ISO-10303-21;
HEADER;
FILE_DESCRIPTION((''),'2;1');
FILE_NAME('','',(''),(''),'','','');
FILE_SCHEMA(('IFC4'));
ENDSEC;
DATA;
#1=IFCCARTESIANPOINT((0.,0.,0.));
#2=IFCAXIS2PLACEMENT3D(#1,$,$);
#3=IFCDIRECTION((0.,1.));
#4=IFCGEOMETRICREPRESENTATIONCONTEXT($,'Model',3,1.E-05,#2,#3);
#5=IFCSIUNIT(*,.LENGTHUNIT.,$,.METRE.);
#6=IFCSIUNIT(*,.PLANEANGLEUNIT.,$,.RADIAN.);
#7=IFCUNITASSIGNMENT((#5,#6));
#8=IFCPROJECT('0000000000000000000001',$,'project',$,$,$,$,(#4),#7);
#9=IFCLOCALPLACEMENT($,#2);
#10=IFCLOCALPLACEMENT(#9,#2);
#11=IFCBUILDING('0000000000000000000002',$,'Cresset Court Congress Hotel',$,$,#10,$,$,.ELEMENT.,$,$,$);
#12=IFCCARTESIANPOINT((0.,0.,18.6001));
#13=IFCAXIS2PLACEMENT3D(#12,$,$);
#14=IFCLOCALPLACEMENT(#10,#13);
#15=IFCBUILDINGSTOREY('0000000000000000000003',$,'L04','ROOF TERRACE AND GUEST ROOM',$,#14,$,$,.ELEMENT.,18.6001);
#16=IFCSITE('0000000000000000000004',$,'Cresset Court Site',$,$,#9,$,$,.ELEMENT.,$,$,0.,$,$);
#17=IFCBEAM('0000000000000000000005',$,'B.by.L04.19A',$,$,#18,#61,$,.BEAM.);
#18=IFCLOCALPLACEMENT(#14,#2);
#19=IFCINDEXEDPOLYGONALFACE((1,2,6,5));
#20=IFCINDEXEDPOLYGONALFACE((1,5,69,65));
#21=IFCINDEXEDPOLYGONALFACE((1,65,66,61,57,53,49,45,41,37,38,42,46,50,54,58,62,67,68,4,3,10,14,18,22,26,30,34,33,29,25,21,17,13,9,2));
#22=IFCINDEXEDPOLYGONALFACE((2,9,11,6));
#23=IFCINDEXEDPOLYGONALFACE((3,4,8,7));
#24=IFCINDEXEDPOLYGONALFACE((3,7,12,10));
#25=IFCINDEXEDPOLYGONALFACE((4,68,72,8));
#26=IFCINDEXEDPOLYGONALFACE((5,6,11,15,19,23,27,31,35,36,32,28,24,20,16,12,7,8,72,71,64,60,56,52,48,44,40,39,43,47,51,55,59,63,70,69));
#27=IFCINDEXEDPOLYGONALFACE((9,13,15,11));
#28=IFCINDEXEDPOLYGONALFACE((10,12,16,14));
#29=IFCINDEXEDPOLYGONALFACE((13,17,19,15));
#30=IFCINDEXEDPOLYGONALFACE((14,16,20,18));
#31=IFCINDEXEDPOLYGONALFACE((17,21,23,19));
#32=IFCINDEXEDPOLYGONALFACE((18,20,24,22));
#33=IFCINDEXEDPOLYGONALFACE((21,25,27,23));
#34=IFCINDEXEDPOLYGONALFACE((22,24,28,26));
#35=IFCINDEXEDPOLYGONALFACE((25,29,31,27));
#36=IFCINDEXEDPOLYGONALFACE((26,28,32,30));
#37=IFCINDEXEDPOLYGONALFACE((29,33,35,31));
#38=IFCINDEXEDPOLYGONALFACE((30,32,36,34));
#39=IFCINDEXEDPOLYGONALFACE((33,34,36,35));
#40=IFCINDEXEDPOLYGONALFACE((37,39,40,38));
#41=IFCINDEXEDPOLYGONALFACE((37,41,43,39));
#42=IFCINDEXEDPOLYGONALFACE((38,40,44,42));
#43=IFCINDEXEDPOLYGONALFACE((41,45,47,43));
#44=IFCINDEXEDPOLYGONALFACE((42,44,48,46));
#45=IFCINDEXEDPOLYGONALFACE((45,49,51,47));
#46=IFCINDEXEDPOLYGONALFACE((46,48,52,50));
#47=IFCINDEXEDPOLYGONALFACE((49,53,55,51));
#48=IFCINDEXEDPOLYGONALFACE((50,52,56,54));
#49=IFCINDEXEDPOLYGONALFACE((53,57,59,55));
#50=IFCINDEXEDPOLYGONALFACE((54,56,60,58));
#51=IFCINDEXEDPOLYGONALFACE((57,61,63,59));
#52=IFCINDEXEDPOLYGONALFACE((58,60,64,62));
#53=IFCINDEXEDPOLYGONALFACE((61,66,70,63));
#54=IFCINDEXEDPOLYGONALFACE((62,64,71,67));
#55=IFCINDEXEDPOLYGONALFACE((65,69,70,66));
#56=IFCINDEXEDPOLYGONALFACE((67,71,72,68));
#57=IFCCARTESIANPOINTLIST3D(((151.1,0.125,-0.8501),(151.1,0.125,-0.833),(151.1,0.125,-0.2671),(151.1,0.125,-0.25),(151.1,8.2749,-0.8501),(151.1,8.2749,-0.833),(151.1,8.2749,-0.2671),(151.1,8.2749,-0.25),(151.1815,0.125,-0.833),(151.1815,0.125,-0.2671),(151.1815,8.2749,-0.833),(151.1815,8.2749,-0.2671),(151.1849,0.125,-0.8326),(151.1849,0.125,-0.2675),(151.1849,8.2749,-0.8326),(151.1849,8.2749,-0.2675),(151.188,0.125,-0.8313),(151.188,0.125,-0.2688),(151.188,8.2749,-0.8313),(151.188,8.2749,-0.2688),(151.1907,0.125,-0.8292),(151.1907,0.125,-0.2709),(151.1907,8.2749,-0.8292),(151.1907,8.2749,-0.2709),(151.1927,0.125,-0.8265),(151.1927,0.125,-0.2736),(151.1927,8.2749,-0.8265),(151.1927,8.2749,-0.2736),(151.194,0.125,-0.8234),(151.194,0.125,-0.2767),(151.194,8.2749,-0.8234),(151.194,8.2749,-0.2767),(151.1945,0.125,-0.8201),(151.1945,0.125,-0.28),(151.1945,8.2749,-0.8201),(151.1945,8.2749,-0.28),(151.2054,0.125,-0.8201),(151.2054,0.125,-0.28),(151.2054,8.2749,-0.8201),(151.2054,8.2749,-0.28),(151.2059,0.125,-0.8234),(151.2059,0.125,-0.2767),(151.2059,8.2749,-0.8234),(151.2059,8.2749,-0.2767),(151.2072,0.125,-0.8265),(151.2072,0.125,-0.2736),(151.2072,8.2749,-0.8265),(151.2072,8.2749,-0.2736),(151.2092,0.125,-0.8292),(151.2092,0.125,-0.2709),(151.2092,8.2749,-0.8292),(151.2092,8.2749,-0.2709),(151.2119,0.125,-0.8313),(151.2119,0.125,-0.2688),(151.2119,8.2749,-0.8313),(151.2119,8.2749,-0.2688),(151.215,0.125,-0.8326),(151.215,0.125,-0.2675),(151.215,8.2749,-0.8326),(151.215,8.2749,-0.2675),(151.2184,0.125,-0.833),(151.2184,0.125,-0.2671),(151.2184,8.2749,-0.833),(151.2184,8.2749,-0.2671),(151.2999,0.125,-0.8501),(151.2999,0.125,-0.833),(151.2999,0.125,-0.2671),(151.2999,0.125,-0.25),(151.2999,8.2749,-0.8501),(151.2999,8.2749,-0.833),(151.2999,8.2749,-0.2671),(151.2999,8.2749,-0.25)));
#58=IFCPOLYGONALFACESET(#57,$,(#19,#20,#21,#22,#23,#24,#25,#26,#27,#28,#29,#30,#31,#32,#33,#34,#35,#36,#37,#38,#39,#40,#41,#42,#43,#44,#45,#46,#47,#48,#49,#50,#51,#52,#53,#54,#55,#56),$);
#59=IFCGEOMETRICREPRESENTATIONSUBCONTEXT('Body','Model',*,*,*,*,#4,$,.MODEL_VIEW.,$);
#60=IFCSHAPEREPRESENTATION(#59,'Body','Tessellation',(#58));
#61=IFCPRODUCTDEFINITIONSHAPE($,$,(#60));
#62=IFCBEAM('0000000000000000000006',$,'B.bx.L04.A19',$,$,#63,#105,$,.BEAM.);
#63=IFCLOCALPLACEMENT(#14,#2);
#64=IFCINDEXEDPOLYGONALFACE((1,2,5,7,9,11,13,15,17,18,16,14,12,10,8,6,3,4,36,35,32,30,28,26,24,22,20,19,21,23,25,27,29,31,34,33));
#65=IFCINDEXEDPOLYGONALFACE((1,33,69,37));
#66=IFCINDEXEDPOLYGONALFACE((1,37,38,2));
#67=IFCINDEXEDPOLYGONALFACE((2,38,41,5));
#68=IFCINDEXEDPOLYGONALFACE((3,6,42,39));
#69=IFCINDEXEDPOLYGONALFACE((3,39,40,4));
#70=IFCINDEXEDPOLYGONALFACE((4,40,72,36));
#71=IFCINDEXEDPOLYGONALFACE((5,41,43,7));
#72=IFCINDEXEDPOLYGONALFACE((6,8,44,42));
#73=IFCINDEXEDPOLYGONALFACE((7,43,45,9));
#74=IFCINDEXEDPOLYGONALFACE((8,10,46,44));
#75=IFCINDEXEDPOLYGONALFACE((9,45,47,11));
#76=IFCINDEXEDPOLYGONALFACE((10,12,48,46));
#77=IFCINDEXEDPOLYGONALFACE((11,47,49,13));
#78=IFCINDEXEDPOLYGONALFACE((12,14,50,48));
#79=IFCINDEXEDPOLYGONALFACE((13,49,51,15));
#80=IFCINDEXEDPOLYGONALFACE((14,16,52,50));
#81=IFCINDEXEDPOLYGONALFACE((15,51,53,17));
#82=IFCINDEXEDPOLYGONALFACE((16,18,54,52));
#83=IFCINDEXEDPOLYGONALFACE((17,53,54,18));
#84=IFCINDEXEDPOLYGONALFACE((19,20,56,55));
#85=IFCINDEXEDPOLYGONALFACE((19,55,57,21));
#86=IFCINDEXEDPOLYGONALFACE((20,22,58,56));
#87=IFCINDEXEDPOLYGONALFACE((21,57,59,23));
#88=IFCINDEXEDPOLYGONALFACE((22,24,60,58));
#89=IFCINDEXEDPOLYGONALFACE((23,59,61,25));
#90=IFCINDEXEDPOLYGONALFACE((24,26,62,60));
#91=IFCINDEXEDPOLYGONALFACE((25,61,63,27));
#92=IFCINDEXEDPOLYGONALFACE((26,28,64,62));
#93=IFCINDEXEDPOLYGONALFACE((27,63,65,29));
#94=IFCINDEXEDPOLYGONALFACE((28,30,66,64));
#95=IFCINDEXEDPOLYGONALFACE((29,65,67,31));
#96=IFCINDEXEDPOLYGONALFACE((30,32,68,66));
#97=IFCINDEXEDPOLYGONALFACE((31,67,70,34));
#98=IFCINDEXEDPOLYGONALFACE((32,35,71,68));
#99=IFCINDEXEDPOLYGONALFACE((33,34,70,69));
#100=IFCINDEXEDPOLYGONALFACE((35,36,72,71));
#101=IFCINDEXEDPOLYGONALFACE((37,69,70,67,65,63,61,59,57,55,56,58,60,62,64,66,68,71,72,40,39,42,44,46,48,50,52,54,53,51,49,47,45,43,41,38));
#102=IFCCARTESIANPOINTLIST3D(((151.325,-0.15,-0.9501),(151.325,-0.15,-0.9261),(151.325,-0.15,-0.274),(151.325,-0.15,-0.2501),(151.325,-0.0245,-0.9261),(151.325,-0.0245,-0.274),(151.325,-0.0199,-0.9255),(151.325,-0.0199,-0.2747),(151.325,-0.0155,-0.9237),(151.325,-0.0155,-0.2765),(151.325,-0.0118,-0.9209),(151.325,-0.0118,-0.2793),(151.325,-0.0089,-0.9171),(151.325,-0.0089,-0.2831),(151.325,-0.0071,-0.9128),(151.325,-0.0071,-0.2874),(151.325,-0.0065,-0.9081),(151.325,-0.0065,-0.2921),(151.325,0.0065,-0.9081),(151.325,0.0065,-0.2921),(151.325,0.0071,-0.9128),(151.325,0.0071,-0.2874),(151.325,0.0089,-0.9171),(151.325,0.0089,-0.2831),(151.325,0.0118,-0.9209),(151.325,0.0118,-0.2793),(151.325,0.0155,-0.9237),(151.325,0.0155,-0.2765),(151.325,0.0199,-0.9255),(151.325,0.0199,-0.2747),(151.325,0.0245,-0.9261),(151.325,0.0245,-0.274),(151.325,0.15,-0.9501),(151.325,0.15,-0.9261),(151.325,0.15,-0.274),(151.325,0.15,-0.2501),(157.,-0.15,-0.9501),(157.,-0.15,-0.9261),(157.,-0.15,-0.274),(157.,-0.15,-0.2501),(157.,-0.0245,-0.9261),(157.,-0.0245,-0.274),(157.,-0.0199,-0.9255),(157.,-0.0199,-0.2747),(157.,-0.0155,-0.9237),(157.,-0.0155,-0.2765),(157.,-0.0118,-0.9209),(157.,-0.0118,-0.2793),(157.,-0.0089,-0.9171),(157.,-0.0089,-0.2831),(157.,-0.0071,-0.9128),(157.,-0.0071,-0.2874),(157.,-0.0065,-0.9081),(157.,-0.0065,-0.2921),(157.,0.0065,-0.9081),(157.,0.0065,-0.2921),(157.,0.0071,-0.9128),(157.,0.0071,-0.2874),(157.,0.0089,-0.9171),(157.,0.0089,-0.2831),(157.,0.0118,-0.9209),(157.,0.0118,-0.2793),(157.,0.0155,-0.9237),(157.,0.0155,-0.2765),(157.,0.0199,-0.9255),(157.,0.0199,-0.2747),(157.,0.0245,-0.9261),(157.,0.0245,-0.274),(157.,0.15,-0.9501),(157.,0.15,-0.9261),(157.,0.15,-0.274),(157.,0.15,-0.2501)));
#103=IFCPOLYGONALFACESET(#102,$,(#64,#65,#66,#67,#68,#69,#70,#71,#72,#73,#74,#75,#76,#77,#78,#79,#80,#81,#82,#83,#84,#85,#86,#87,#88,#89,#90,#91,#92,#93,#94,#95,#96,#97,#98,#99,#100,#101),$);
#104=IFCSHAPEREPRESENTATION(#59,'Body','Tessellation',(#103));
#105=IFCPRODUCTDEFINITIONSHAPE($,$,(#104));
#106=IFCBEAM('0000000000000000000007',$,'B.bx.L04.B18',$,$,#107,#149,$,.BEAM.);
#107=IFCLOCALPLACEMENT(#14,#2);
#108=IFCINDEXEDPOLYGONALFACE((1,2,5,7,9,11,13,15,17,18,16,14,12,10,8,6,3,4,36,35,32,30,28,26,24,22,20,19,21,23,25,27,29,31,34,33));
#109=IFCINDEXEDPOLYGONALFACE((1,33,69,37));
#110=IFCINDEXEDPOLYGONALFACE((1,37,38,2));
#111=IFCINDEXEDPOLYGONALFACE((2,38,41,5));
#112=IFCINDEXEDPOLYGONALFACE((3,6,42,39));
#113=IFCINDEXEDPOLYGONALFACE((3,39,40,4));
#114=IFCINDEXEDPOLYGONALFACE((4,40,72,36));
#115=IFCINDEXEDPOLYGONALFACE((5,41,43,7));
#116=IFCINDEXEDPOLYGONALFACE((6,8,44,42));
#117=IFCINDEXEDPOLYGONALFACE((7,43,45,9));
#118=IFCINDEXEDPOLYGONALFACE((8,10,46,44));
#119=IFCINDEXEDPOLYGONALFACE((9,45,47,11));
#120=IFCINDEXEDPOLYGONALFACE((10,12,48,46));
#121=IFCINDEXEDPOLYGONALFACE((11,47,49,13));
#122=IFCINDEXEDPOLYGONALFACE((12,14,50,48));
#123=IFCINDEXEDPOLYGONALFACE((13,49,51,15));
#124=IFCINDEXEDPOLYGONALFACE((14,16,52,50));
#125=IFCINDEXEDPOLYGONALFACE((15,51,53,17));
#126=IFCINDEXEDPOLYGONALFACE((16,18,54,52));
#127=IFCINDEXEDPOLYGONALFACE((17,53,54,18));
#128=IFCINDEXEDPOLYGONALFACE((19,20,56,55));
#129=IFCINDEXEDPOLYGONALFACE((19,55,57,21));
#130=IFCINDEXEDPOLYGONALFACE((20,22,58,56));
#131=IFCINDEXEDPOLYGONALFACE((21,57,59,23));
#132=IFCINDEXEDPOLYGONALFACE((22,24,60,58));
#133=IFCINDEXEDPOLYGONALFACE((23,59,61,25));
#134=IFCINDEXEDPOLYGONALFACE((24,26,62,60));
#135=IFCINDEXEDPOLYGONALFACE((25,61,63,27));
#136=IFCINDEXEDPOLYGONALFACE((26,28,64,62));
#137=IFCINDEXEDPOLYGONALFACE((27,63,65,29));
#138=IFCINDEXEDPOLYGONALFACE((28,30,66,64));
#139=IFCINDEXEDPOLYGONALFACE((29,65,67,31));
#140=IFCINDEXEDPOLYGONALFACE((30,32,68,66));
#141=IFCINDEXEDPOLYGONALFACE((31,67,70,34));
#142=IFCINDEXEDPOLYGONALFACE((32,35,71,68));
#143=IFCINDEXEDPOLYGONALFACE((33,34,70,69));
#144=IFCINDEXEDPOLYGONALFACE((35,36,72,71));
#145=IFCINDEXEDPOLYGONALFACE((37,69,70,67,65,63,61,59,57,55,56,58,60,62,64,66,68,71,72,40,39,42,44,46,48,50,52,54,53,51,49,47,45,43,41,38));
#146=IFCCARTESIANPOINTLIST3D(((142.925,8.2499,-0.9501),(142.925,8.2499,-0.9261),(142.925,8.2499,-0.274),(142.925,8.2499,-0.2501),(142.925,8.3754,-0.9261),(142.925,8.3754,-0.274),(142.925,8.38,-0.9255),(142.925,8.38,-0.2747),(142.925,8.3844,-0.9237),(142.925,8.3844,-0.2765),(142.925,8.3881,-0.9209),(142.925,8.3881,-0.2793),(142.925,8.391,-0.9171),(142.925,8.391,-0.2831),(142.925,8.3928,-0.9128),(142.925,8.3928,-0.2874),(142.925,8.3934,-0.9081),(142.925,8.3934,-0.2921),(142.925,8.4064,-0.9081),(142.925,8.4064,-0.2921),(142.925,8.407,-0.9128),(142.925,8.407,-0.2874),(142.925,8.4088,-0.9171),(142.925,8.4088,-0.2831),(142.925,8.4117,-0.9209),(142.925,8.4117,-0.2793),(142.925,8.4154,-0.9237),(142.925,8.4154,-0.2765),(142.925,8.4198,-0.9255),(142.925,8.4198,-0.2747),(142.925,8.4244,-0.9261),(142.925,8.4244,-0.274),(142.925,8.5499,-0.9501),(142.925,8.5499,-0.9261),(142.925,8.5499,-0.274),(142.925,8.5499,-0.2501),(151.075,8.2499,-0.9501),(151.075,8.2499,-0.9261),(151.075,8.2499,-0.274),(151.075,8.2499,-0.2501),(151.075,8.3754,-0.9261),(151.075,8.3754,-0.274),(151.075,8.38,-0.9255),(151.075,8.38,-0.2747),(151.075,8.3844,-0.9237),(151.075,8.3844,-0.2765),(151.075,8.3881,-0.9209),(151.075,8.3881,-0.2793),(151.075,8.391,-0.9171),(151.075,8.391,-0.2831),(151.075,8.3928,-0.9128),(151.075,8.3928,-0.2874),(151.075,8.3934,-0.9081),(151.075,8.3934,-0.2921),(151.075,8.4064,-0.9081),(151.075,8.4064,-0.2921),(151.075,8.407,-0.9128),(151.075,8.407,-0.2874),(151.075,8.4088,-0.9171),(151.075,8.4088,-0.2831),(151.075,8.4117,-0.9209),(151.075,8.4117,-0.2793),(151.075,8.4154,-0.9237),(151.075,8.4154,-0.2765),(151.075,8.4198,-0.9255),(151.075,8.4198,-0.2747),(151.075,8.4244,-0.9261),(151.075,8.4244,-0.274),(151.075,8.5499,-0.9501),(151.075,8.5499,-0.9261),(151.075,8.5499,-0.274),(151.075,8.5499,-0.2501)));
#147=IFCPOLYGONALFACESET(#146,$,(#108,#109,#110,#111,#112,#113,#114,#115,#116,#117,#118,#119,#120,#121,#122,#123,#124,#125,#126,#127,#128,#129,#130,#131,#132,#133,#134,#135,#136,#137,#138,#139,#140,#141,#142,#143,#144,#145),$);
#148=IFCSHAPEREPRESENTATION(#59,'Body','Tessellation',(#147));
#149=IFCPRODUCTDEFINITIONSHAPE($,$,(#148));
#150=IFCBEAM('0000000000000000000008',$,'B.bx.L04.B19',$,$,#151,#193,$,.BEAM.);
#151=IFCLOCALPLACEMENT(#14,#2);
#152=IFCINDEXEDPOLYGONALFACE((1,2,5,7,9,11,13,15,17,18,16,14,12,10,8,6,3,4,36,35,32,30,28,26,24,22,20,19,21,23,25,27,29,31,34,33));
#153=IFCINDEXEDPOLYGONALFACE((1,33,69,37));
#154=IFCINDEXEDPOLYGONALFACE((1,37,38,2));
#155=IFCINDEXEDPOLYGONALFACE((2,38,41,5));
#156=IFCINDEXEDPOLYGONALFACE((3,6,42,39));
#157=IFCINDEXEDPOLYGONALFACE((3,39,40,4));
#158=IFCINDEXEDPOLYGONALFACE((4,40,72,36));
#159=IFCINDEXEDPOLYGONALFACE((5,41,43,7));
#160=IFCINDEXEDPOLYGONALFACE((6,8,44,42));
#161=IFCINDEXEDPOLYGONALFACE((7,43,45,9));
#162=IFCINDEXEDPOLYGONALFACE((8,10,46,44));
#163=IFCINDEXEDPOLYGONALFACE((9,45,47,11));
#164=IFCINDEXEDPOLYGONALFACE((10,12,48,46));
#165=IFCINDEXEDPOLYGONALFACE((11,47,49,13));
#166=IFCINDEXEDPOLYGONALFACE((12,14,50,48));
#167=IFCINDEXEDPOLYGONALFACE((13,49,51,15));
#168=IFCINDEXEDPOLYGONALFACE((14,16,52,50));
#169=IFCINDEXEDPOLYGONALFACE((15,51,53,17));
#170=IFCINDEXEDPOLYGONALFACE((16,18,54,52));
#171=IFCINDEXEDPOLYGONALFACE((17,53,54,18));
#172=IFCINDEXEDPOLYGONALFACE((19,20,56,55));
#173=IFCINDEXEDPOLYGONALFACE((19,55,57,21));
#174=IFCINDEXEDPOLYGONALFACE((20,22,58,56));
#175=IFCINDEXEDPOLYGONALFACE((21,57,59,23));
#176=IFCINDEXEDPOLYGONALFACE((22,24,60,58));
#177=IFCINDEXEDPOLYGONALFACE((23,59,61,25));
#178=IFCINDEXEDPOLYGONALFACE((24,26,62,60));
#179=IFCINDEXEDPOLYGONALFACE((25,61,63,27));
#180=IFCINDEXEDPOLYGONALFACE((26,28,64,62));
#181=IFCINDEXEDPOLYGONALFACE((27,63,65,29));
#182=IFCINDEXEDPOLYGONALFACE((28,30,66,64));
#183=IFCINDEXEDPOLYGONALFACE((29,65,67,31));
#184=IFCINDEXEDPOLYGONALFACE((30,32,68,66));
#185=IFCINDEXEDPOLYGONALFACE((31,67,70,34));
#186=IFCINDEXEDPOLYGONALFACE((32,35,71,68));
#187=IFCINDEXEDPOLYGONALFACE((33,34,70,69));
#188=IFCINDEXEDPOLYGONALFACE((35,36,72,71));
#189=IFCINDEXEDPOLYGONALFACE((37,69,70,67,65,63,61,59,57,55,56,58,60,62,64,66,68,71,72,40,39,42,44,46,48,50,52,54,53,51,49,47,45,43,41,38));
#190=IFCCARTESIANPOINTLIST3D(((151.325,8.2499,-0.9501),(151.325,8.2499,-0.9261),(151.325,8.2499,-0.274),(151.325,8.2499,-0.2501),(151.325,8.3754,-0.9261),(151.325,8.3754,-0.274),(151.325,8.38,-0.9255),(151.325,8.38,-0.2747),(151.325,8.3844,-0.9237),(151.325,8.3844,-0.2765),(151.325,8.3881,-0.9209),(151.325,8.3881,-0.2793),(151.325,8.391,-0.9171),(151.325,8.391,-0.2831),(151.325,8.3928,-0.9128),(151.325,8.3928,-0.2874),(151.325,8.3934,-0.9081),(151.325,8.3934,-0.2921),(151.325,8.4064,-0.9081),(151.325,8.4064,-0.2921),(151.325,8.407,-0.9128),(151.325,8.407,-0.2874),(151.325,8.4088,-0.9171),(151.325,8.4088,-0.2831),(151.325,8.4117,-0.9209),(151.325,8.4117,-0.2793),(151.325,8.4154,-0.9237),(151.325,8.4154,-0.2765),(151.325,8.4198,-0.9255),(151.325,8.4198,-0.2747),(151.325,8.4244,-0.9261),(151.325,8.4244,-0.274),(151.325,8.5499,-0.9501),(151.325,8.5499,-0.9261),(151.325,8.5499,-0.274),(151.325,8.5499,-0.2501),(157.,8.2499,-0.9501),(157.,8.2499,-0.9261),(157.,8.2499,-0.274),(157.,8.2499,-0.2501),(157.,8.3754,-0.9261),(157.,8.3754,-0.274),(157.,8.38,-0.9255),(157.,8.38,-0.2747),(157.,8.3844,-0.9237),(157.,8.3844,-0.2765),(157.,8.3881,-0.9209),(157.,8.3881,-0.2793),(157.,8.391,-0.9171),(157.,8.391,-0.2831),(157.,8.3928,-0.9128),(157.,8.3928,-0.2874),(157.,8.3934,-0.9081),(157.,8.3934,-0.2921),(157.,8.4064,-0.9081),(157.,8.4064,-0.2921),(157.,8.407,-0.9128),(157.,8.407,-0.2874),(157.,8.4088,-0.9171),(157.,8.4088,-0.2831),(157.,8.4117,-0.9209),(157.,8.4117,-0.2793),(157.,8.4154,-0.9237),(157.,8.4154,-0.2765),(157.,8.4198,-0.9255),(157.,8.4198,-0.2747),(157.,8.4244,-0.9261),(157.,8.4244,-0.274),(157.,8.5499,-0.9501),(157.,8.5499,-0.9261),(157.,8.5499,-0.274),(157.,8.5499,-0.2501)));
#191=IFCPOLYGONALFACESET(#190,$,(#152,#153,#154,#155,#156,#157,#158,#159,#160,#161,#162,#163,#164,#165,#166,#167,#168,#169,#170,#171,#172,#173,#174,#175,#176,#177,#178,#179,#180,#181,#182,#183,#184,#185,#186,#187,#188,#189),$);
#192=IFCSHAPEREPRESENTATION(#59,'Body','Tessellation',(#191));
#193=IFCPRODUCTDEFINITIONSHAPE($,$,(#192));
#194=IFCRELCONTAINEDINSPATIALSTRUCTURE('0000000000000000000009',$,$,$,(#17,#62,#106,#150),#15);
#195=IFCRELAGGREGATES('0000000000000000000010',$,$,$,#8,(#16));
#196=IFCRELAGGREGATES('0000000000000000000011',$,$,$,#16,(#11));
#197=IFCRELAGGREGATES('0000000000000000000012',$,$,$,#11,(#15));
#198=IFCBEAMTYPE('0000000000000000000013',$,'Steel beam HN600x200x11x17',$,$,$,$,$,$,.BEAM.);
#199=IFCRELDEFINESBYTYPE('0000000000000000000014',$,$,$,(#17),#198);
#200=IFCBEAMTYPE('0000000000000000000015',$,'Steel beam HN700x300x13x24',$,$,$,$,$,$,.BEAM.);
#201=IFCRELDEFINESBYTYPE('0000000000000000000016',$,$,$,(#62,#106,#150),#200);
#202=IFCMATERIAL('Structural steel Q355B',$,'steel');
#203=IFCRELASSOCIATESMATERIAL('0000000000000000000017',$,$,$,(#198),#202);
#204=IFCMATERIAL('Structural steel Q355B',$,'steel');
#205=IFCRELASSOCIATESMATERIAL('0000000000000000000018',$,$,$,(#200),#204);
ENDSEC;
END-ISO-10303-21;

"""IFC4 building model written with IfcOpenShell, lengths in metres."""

from ifc_helpers import new_model, si_unit, direction, frame, origin, origin_2d, place, context, subcontext, project, spatial, i_section, extrude, material, material_profile, profile_set, type_object, element, save


model = new_model("IFC4")

# Units and contexts
model_context = context("Model", 3, precision=1e-05, world=origin(), true_north=direction((0.0, 1.0)))
body_context = subcontext(model_context, "Body", "Model", "MODEL_VIEW")
ifc_project = project(units=[si_unit("LENGTHUNIT", "METRE"), si_unit("PLANEANGLEUNIT", "RADIAN")], contexts=[model_context])

# Site, building, storey
site_placement = place(None, origin())
site = spatial("IfcSite", under=ifc_project, at=site_placement, Name="Cresset Court Site", CompositionType="ELEMENT", RefElevation=0.0)
building_placement = place(site_placement, origin())
building = spatial("IfcBuilding", under=site, at=building_placement, Name="Cresset Court Congress Hotel", CompositionType="ELEMENT")
storey_placement = place(building_placement, frame((0.0, 0.0, 18.6001)))
storey = spatial("IfcBuildingStorey", under=building, at=storey_placement, Name="L04", Description="ROOF TERRACE AND GUEST ROOM", CompositionType="ELEMENT", Elevation=18.6001)

# Beams
ifc_material_1 = material(Name="Structural steel Q355B", Category="steel")
ifc_material_profile_1 = material_profile(ifc_material_1, i_section(OverallWidth=0.2, OverallDepth=0.6001, WebThickness=0.011, FlangeThickness=0.0171, FilletRadius=0.0129, at=origin_2d()), Name="HN600x200x11x17")
ifc_profile_set_1 = profile_set([ifc_material_profile_1], Name="Structural steel Q355B")
beam_type_1 = type_object("IfcBeamType", Name="Steel beam HN600x200x11x17", PredefinedType="BEAM", material=ifc_profile_set_1)
beam_1_placement = place(storey_placement, frame((151.2, 0.125, -0.55), z_axis=(0.0, 1.0, 0.0), x_axis=(-1.0, 0.0, 0.0)))
element("IfcBeam", 1, at=beam_1_placement, inside=storey, type_object=beam_type_1, Name="B.by.L04.19A", PredefinedType="BEAM", context=body_context, shape_type="SweptSolid", body=[
    extrude(i_section(OverallWidth=0.2, OverallDepth=0.6001, WebThickness=0.011, FlangeThickness=0.0171, FilletRadius=0.0129, at=origin_2d()), origin(), (0.0, 0.0, 1.0), 8.1499),
])
ifc_material_2 = material(Name="Structural steel Q355B", Category="steel")
ifc_material_profile_2 = material_profile(ifc_material_2, i_section(OverallWidth=0.3, OverallDepth=0.7, WebThickness=0.0129, FlangeThickness=0.0239, FilletRadius=0.0181, at=origin_2d()), Name="HN700x300x13x24")
ifc_profile_set_2 = profile_set([ifc_material_profile_2], Name="Structural steel Q355B")
beam_type_2 = type_object("IfcBeamType", Name="Steel beam HN700x300x13x24", PredefinedType="BEAM", material=ifc_profile_set_2)
beam_2_placement = place(storey_placement, frame((151.325, 0.0, -0.6001), z_axis=(1.0, 0.0, 0.0), x_axis=(0.0, 1.0, 0.0)))
element("IfcBeam", 2, at=beam_2_placement, inside=storey, type_object=beam_type_2, Name="B.bx.L04.A19", PredefinedType="BEAM", context=body_context, shape_type="SweptSolid", body=[
    extrude(i_section(OverallWidth=0.3, OverallDepth=0.7, WebThickness=0.0129, FlangeThickness=0.0239, FilletRadius=0.0181, at=origin_2d()), origin(), (0.0, 0.0, 1.0), 5.675),
])
beam_3_placement = place(storey_placement, frame((142.925, 8.3999, -0.6001), z_axis=(1.0, 0.0, 0.0), x_axis=(0.0, 1.0, 0.0)))
element("IfcBeam", 3, at=beam_3_placement, inside=storey, type_object=beam_type_2, Name="B.bx.L04.B18", PredefinedType="BEAM", context=body_context, shape_type="SweptSolid", body=[
    extrude(i_section(OverallWidth=0.3, OverallDepth=0.7, WebThickness=0.0129, FlangeThickness=0.0239, FilletRadius=0.0181, at=origin_2d()), origin(), (0.0, 0.0, 1.0), 8.1499),
])
beam_4_placement = place(storey_placement, frame((151.325, 8.3999, -0.6001), z_axis=(1.0, 0.0, 0.0), x_axis=(0.0, 1.0, 0.0)))
element("IfcBeam", 4, at=beam_4_placement, inside=storey, type_object=beam_type_2, Name="B.bx.L04.B19", PredefinedType="BEAM", context=body_context, shape_type="SweptSolid", body=[
    extrude(i_section(OverallWidth=0.3, OverallDepth=0.7, WebThickness=0.0129, FlangeThickness=0.0239, FilletRadius=0.0181, at=origin_2d()), origin(), (0.0, 0.0, 1.0), 5.675),
])

save(model, "model.ifc")
